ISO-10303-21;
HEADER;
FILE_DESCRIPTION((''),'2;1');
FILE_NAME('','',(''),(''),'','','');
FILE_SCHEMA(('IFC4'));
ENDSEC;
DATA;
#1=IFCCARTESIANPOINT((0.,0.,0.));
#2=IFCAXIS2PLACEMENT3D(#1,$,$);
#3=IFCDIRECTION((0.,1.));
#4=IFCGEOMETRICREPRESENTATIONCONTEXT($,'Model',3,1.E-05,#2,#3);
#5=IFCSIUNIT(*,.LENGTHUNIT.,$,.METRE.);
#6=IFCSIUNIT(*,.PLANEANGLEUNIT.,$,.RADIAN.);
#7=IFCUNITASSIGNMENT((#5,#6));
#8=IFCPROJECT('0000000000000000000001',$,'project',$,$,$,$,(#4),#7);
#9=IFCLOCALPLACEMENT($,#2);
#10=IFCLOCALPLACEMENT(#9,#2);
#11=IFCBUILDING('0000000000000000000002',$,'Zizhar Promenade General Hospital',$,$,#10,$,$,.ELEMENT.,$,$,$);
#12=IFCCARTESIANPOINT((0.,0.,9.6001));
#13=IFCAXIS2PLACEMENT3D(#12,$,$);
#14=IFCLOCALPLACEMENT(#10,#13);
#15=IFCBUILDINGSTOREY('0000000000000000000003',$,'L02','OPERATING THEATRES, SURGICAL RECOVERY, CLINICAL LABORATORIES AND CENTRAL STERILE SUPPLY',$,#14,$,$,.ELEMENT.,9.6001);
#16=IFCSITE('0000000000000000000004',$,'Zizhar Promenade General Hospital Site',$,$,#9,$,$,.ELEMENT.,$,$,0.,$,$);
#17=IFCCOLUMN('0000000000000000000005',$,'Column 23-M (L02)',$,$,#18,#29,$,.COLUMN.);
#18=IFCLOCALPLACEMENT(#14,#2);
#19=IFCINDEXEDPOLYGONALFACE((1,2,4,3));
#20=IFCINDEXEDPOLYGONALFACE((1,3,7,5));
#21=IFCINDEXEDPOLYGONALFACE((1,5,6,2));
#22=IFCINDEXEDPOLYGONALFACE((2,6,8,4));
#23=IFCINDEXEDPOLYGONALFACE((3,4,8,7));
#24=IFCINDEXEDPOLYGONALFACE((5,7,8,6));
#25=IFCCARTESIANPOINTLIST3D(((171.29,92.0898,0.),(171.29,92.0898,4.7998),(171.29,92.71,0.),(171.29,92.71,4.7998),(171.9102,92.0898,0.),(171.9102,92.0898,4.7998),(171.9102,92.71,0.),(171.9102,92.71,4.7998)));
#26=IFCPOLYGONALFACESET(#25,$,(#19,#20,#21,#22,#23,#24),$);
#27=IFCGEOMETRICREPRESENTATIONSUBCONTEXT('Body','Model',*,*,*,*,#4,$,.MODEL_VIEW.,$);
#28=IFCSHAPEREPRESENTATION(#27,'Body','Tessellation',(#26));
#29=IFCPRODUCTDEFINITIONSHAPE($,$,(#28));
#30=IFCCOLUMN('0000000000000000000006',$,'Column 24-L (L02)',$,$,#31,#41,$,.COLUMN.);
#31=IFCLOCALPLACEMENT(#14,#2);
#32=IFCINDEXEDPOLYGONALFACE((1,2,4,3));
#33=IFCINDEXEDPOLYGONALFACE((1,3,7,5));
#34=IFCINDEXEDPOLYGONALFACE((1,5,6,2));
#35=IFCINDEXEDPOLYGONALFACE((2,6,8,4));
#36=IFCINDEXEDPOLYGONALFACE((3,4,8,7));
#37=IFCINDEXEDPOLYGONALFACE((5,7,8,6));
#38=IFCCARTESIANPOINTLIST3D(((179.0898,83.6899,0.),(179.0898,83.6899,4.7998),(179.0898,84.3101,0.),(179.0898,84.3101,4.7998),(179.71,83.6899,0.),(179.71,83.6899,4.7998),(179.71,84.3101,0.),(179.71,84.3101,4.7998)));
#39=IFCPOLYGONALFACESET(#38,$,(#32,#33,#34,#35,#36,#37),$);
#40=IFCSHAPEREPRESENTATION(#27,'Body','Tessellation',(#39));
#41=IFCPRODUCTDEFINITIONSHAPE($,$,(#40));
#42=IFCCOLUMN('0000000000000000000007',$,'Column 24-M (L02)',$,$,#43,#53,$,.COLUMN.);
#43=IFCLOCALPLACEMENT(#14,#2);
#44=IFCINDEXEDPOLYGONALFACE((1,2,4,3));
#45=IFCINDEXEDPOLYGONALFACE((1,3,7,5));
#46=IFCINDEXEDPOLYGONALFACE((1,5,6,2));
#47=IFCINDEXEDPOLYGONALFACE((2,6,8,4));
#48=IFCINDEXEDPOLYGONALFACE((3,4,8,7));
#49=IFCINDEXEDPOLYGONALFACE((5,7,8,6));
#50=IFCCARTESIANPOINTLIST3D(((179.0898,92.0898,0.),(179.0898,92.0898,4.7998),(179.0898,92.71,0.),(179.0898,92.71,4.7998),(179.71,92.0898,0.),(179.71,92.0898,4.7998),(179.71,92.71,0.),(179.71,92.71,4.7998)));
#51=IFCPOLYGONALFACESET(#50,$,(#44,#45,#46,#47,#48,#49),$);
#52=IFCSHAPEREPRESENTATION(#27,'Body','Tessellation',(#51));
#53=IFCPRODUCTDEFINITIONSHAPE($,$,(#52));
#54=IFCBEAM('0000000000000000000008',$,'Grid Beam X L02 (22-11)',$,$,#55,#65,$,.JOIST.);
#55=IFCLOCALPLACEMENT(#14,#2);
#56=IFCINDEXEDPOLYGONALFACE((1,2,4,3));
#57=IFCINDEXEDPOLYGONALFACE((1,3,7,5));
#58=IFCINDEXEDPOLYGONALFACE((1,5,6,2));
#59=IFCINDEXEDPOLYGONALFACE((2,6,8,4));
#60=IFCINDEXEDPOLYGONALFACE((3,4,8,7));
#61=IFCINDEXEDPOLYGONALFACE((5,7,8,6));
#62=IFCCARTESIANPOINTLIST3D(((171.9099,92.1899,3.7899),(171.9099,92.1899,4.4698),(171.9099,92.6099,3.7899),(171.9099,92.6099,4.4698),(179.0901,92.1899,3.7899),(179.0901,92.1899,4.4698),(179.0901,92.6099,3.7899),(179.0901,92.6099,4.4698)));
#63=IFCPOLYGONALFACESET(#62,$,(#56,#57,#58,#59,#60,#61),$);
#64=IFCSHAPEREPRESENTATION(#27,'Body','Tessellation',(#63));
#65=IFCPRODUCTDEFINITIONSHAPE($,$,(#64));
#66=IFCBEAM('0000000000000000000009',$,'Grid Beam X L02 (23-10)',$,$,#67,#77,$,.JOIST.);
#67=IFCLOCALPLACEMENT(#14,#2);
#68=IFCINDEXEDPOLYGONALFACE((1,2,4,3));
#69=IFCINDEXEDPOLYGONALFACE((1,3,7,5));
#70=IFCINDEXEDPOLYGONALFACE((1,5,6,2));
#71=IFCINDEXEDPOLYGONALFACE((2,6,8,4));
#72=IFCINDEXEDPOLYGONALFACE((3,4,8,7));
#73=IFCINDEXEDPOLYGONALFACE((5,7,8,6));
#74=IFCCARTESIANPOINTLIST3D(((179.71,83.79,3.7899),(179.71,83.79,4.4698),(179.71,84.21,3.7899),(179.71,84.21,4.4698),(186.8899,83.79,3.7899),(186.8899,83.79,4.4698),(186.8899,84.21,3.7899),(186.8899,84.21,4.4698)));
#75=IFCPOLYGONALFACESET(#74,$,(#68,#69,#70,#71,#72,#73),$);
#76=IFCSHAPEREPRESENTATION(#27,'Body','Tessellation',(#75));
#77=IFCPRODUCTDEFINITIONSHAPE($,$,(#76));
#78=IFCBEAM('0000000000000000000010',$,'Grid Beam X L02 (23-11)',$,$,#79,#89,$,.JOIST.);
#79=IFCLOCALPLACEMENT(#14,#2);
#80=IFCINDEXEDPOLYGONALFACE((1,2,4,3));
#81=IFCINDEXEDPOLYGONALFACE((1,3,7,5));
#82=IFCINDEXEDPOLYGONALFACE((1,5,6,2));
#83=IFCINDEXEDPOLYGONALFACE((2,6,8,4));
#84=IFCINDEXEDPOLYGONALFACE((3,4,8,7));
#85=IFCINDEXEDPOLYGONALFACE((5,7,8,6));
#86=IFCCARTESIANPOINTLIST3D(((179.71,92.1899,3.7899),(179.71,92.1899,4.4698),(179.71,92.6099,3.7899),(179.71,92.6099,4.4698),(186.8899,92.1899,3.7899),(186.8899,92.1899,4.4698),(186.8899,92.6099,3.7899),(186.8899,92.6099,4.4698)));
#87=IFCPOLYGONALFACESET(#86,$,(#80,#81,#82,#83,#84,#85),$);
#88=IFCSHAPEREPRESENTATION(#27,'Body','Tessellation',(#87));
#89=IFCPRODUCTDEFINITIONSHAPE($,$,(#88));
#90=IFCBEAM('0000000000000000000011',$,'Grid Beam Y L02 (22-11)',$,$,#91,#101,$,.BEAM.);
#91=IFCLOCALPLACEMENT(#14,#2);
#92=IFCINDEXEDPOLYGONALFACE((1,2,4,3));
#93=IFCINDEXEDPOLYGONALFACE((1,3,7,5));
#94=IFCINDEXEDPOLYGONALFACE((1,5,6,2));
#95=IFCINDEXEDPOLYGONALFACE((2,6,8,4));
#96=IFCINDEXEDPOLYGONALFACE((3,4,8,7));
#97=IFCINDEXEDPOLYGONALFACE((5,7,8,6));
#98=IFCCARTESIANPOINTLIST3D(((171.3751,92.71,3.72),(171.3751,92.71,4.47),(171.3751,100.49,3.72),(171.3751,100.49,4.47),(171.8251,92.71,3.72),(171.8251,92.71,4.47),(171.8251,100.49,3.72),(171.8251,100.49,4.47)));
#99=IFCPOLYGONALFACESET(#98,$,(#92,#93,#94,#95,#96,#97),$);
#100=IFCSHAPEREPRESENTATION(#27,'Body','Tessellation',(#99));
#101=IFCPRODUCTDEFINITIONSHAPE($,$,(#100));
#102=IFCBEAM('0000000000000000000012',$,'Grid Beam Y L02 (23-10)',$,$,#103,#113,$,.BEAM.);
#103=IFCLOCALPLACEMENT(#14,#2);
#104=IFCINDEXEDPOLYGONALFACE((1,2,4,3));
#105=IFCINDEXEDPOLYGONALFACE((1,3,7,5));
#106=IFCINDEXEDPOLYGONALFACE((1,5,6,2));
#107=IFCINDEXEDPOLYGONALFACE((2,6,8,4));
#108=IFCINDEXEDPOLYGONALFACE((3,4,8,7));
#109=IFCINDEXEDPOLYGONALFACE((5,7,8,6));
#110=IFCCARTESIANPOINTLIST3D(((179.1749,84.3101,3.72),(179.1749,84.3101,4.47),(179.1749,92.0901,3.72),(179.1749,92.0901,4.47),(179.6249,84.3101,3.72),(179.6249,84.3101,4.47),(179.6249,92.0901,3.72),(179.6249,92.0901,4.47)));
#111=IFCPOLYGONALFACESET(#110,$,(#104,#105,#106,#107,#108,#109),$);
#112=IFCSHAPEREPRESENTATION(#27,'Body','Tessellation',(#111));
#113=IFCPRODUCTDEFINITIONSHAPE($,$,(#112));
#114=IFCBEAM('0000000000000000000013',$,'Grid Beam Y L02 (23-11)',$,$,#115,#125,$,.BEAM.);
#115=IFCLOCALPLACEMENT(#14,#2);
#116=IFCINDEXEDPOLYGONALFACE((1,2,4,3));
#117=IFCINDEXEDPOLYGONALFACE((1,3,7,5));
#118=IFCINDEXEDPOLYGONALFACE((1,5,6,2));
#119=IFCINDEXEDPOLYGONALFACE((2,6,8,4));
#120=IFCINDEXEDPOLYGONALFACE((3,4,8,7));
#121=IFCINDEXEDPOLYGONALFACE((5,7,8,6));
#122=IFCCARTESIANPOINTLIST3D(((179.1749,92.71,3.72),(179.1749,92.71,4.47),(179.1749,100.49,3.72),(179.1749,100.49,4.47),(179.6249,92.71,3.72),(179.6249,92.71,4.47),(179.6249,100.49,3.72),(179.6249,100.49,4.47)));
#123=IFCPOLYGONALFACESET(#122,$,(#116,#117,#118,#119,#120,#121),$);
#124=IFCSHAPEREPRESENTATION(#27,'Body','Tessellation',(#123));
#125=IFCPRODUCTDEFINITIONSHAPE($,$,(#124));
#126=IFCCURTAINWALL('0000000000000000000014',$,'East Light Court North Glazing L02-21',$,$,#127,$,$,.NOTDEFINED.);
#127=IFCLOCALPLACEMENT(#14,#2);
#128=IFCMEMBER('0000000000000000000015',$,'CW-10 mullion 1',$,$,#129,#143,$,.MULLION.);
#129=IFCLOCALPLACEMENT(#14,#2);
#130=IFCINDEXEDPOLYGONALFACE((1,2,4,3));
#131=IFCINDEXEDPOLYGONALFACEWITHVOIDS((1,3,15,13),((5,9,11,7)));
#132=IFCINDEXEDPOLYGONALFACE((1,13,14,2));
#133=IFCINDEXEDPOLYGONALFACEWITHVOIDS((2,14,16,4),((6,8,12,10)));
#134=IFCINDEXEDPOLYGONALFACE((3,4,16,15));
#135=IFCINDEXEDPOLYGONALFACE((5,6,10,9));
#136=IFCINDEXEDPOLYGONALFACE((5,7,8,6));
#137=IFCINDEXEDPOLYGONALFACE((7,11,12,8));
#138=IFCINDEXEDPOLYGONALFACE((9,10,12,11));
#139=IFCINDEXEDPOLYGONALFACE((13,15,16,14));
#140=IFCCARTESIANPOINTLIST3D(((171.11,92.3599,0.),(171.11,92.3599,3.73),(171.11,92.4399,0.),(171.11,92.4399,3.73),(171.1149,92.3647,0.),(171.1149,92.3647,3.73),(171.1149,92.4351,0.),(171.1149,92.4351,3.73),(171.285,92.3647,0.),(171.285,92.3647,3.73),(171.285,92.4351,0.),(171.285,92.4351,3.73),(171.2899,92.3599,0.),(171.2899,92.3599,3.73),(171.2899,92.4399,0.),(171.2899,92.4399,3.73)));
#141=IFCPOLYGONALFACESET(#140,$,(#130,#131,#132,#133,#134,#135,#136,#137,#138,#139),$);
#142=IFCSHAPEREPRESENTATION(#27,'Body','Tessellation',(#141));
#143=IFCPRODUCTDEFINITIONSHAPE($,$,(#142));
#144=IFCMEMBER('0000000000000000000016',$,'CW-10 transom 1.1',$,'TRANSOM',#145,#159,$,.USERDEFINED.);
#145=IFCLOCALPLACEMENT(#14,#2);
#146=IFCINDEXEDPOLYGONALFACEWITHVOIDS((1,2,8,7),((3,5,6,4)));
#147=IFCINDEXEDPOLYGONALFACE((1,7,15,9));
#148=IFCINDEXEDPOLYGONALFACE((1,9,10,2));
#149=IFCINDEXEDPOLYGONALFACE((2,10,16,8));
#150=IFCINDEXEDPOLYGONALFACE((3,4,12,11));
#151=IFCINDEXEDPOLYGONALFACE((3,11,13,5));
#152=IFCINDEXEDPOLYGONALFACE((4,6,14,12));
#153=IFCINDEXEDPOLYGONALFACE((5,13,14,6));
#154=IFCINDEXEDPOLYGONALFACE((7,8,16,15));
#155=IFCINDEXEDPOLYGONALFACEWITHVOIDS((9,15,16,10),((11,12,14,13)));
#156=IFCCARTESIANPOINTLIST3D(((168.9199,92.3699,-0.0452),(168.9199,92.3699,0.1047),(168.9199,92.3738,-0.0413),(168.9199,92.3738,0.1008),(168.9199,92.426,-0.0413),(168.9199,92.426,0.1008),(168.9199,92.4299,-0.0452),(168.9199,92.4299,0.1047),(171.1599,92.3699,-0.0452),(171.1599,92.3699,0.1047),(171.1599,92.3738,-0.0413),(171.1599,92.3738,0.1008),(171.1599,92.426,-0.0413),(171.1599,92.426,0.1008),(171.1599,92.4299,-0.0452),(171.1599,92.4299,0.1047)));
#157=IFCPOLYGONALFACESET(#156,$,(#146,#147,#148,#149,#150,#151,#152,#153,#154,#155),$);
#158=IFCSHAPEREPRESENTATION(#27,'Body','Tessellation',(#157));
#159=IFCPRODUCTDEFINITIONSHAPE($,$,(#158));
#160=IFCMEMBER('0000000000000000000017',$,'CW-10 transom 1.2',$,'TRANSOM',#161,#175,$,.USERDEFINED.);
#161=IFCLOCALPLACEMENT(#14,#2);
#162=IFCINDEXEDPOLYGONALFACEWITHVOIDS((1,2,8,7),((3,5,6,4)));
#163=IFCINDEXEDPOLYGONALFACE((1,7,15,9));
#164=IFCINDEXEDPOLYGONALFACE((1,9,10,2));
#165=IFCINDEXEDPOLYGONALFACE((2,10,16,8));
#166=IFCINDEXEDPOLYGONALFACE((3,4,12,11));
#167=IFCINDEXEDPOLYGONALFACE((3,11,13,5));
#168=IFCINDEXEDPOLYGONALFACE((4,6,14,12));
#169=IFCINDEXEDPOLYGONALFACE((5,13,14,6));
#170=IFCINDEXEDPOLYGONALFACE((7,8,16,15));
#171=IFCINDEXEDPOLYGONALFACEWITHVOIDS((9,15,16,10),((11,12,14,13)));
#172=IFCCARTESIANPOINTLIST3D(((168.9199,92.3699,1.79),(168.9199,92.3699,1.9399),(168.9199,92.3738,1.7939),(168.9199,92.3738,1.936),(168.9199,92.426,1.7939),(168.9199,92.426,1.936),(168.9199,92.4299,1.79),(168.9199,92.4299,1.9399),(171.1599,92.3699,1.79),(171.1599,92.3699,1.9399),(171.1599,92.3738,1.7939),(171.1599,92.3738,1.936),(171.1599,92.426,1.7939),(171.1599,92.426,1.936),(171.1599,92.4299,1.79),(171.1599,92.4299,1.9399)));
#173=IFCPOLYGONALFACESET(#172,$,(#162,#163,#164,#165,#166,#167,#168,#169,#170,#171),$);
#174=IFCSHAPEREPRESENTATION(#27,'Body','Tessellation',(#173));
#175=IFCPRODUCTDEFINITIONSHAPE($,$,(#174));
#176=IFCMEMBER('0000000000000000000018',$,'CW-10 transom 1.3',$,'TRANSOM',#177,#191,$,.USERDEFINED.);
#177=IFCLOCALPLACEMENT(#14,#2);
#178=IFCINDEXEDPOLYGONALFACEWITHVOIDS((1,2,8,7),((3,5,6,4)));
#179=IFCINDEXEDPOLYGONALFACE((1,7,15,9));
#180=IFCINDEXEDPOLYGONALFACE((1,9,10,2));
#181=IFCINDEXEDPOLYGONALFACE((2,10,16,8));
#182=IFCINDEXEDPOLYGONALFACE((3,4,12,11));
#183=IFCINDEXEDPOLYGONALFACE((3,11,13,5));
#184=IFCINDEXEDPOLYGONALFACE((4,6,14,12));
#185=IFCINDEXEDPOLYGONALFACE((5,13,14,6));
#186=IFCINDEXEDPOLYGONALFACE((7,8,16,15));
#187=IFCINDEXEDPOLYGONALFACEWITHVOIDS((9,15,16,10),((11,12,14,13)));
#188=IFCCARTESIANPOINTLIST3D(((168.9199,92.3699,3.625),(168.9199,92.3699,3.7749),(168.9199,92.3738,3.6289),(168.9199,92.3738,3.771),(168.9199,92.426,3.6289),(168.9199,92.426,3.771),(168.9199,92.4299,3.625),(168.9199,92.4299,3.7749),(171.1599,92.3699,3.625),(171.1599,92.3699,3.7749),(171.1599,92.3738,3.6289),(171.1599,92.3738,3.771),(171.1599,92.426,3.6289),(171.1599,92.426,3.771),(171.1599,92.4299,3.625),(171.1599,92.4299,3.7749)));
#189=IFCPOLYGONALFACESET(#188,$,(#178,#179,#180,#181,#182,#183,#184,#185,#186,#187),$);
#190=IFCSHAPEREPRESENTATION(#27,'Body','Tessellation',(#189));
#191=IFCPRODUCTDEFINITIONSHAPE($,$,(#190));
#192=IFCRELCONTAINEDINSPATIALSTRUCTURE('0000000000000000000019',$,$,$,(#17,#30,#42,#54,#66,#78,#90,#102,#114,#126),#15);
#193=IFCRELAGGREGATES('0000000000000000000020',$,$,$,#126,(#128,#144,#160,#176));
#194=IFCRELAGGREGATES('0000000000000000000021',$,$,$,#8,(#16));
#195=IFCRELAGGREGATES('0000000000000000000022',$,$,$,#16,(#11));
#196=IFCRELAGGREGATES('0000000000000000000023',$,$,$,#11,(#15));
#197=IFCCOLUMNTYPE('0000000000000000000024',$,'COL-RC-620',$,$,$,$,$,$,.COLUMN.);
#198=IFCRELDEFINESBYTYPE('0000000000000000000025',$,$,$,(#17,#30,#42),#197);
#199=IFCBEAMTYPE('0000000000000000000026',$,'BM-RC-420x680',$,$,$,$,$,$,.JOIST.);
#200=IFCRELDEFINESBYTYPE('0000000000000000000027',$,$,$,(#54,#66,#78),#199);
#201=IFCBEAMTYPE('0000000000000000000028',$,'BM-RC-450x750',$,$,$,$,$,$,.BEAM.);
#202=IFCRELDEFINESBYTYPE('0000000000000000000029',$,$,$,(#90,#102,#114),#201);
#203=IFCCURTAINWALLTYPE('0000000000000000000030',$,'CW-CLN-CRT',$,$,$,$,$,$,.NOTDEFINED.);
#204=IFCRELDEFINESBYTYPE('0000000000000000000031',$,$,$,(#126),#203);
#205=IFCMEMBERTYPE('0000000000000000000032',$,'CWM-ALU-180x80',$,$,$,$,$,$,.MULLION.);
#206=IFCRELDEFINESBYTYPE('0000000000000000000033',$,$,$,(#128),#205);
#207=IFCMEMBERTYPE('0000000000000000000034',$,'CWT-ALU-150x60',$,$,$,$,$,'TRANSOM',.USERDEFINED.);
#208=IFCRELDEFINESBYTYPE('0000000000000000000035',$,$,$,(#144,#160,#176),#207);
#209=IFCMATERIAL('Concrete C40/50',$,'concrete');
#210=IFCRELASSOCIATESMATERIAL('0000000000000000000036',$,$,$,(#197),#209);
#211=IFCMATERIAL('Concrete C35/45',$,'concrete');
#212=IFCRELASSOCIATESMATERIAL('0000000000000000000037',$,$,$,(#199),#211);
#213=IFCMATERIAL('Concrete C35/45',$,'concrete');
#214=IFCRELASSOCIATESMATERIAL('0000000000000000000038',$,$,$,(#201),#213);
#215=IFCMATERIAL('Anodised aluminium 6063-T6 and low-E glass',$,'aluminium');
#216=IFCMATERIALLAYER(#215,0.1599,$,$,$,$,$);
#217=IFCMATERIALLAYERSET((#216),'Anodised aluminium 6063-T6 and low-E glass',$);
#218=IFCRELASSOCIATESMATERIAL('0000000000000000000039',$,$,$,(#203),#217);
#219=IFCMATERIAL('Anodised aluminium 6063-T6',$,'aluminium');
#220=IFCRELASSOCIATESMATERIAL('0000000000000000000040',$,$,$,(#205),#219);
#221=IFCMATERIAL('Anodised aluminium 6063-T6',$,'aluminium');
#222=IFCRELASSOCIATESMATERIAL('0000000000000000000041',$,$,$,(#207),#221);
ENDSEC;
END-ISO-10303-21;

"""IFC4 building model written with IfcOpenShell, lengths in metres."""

from ifc_helpers import new_model, si_unit, direction, frame, origin, origin_2d, place, context, subcontext, project, spatial, rectangle, hollow_rectangle, extrude, material, layer, layer_set, material_profile, profile_set, type_object, element, aggregate, save


model = new_model("IFC4")

# Units and contexts
model_context = context("Model", 3, precision=1e-05, world=origin(), true_north=direction((0.0, 1.0)))
body_context = subcontext(model_context, "Body", "Model", "MODEL_VIEW")
ifc_project = project(units=[si_unit("LENGTHUNIT", "METRE"), si_unit("PLANEANGLEUNIT", "RADIAN")], contexts=[model_context])

# Site, building, storey
site_placement = place(None, origin())
site = spatial("IfcSite", under=ifc_project, at=site_placement, Name="Zizhar Promenade General Hospital Site", CompositionType="ELEMENT", RefElevation=0.0)
building_placement = place(site_placement, origin())
building = spatial("IfcBuilding", under=site, at=building_placement, Name="Zizhar Promenade General Hospital", CompositionType="ELEMENT")
storey_placement = place(building_placement, frame((0.0, 0.0, 9.6001)))
storey = spatial("IfcBuildingStorey", under=building, at=storey_placement, Name="L02", Description="OPERATING THEATRES, SURGICAL RECOVERY, CLINICAL LABORATORIES AND CENTRAL STERILE SUPPLY", CompositionType="ELEMENT", Elevation=9.6001)

# Columns
ifc_material_1 = material(Name="Concrete C40/50", Category="concrete")
ifc_material_profile_1 = material_profile(ifc_material_1, rectangle(XDim=0.6201, YDim=0.6201, at=origin_2d()))
ifc_profile_set_1 = profile_set([ifc_material_profile_1], Name="Concrete C40/50")
column_type = type_object("IfcColumnType", Name="COL-RC-620", PredefinedType="COLUMN", material=ifc_profile_set_1)
for number, where, z_axis, x_axis, name in (
    (1, (171.6001, 92.3999, 0.0), (0.0, 0.0, 1.0), (1.0, 0.0, 0.0), "Column 23-M (L02)"),
    (2, (179.3999, 84.0, 0.0), (0.0, 0.0, 1.0), (1.0, 0.0, 0.0), "Column 24-L (L02)"),
    (3, (179.3999, 92.3999, 0.0), (0.0, 0.0, 1.0), (1.0, 0.0, 0.0), "Column 24-M (L02)"),
):
    element("IfcColumn", number, at=place(storey_placement, frame(where, z_axis=z_axis, x_axis=x_axis)), inside=storey, type_object=column_type, Name=name, PredefinedType="COLUMN", context=body_context, shape_type="SweptSolid", body=[
        extrude(rectangle(XDim=0.6201, YDim=0.6201, at=origin_2d()), origin(), (0.0, 0.0, 1.0), 4.7998),
    ])

# Beams
ifc_material_2 = material(Name="Concrete C35/45", Category="concrete")
ifc_material_profile_2 = material_profile(ifc_material_2, rectangle(XDim=0.4199, YDim=0.6799, at=origin_2d()))
ifc_profile_set_2 = profile_set([ifc_material_profile_2], Name="Concrete C35/45")
beam_type_1 = type_object("IfcBeamType", Name="BM-RC-420x680", PredefinedType="JOIST", material=ifc_profile_set_2)
beam_placement = place(storey_placement, frame((171.9099, 92.3999, 4.1299), z_axis=(1.0, 0.0, 0.0), x_axis=(0.0, 1.0, 0.0)))
element("IfcBeam", 4, at=beam_placement, inside=storey, type_object=beam_type_1, Name="Grid Beam X L02 (22-11)", PredefinedType="JOIST", context=body_context, shape_type="SweptSolid", body=[
    extrude(rectangle(XDim=0.4199, YDim=0.6799, at=origin_2d()), origin(), (0.0, 0.0, 1.0), 7.1802),
])
for number, where, z_axis, x_axis, name in (
    (5, (179.71, 84.0, 4.1299), (1.0, 0.0, 0.0), (0.0, 1.0, 0.0), "Grid Beam X L02 (23-10)"),
    (6, (179.71, 92.3999, 4.1299), (1.0, 0.0, 0.0), (0.0, 1.0, 0.0), "Grid Beam X L02 (23-11)"),
):
    element("IfcBeam", number, at=place(storey_placement, frame(where, z_axis=z_axis, x_axis=x_axis)), inside=storey, type_object=beam_type_1, Name=name, PredefinedType="JOIST", context=body_context, shape_type="SweptSolid", body=[
        extrude(rectangle(XDim=0.4199, YDim=0.6799, at=origin_2d()), origin(), (0.0, 0.0, 1.0), 7.1799),
    ])
ifc_material_3 = material(Name="Concrete C35/45", Category="concrete")
ifc_material_profile_3 = material_profile(ifc_material_3, rectangle(XDim=0.45, YDim=0.75, at=origin_2d()))
ifc_profile_set_3 = profile_set([ifc_material_profile_3], Name="Concrete C35/45")
beam_type_2 = type_object("IfcBeamType", Name="BM-RC-450x750", PredefinedType="BEAM", material=ifc_profile_set_3)
for number, where, z_axis, x_axis, name in (
    (7, (171.6001, 92.71, 4.095), (0.0, 1.0, 0.0), (-1.0, 0.0, 0.0), "Grid Beam Y L02 (22-11)"),
    (8, (179.3999, 84.3101, 4.095), (0.0, 1.0, 0.0), (-1.0, 0.0, 0.0), "Grid Beam Y L02 (23-10)"),
    (9, (179.3999, 92.71, 4.095), (0.0, 1.0, 0.0), (-1.0, 0.0, 0.0), "Grid Beam Y L02 (23-11)"),
):
    element("IfcBeam", number, at=place(storey_placement, frame(where, z_axis=z_axis, x_axis=x_axis)), inside=storey, type_object=beam_type_2, Name=name, PredefinedType="BEAM", context=body_context, shape_type="SweptSolid", body=[
        extrude(rectangle(XDim=0.45, YDim=0.75, at=origin_2d()), origin(), (0.0, 0.0, 1.0), 7.78),
    ])

# Curtain wall, members
ifc_material_4 = material(Name="Anodised aluminium 6063-T6 and low-E glass", Category="aluminium")
ifc_layer_1 = layer(ifc_material_4, 0.1599)
ifc_layer_set_1 = layer_set([ifc_layer_1], Name="Anodised aluminium 6063-T6 and low-E glass")
curtain_wall_type = type_object("IfcCurtainWallType", Name="CW-CLN-CRT", PredefinedType="NOTDEFINED", material=ifc_layer_set_1)
curtain_wall_placement = place(storey_placement, origin())
curtain_wall = element("IfcCurtainWall", 10, at=curtain_wall_placement, inside=storey, type_object=curtain_wall_type, Name="East Light Court North Glazing L02-21", PredefinedType="NOTDEFINED")
ifc_material_5 = material(Name="Anodised aluminium 6063-T6", Category="aluminium")
ifc_material_profile_4 = material_profile(ifc_material_5, hollow_rectangle(XDim=0.0801, YDim=0.1799, WallThickness=0.0049, at=origin_2d()))
ifc_profile_set_4 = profile_set([ifc_material_profile_4], Name="Anodised aluminium 6063-T6")
member_type_1 = type_object("IfcMemberType", Name="CWM-ALU-180x80", PredefinedType="MULLION", material=ifc_profile_set_4)
member_1_placement = place(storey_placement, frame((171.2, 92.3999, 0.0), z_axis=(0.0, 0.0, 1.0), x_axis=(0.0, -1.0, 0.0)))
member_1 = element("IfcMember", 11, at=member_1_placement, type_object=member_type_1, Name="CW-10 mullion 1", PredefinedType="MULLION", context=body_context, shape_type="SweptSolid", body=[
    extrude(hollow_rectangle(XDim=0.0801, YDim=0.1799, WallThickness=0.0049, at=origin_2d()), origin(), (0.0, 0.0, 1.0), 3.73),
])
ifc_material_6 = material(Name="Anodised aluminium 6063-T6", Category="aluminium")
ifc_material_profile_5 = material_profile(ifc_material_6, hollow_rectangle(XDim=0.0601, YDim=0.1499, WallThickness=0.0039, at=origin_2d()))
ifc_profile_set_5 = profile_set([ifc_material_profile_5], Name="Anodised aluminium 6063-T6")
member_type_2 = type_object("IfcMemberType", Name="CWT-ALU-150x60", ElementType="TRANSOM", PredefinedType="USERDEFINED", material=ifc_profile_set_5)
member_2_placement = place(storey_placement, frame((171.1599, 92.3999, 0.0298), z_axis=(-1.0, 0.0, 0.0), x_axis=(0.0, -1.0, 0.0)))
member_2 = element("IfcMember", 12, at=member_2_placement, type_object=member_type_2, Name="CW-10 transom 1.1", ObjectType="TRANSOM", PredefinedType="USERDEFINED", context=body_context, shape_type="SweptSolid", body=[
    extrude(hollow_rectangle(XDim=0.0601, YDim=0.1499, WallThickness=0.0039, at=origin_2d()), origin(), (0.0, 0.0, 1.0), 2.24),
])
member_3_placement = place(storey_placement, frame((171.1599, 92.3999, 1.865), z_axis=(-1.0, 0.0, 0.0), x_axis=(0.0, -1.0, 0.0)))
member_3 = element("IfcMember", 13, at=member_3_placement, type_object=member_type_2, Name="CW-10 transom 1.2", ObjectType="TRANSOM", PredefinedType="USERDEFINED", context=body_context, shape_type="SweptSolid", body=[
    extrude(hollow_rectangle(XDim=0.0601, YDim=0.1499, WallThickness=0.0039, at=origin_2d()), origin(), (0.0, 0.0, 1.0), 2.24),
])
member_4_placement = place(storey_placement, frame((171.1599, 92.3999, 3.7), z_axis=(-1.0, 0.0, 0.0), x_axis=(0.0, -1.0, 0.0)))
member_4 = element("IfcMember", 14, at=member_4_placement, type_object=member_type_2, Name="CW-10 transom 1.3", ObjectType="TRANSOM", PredefinedType="USERDEFINED", context=body_context, shape_type="SweptSolid", body=[
    extrude(hollow_rectangle(XDim=0.0601, YDim=0.1499, WallThickness=0.0039, at=origin_2d()), origin(), (0.0, 0.0, 1.0), 2.24),
])
aggregate(curtain_wall, [member_1, member_2, member_3, member_4])

save(model, "model.ifc")
